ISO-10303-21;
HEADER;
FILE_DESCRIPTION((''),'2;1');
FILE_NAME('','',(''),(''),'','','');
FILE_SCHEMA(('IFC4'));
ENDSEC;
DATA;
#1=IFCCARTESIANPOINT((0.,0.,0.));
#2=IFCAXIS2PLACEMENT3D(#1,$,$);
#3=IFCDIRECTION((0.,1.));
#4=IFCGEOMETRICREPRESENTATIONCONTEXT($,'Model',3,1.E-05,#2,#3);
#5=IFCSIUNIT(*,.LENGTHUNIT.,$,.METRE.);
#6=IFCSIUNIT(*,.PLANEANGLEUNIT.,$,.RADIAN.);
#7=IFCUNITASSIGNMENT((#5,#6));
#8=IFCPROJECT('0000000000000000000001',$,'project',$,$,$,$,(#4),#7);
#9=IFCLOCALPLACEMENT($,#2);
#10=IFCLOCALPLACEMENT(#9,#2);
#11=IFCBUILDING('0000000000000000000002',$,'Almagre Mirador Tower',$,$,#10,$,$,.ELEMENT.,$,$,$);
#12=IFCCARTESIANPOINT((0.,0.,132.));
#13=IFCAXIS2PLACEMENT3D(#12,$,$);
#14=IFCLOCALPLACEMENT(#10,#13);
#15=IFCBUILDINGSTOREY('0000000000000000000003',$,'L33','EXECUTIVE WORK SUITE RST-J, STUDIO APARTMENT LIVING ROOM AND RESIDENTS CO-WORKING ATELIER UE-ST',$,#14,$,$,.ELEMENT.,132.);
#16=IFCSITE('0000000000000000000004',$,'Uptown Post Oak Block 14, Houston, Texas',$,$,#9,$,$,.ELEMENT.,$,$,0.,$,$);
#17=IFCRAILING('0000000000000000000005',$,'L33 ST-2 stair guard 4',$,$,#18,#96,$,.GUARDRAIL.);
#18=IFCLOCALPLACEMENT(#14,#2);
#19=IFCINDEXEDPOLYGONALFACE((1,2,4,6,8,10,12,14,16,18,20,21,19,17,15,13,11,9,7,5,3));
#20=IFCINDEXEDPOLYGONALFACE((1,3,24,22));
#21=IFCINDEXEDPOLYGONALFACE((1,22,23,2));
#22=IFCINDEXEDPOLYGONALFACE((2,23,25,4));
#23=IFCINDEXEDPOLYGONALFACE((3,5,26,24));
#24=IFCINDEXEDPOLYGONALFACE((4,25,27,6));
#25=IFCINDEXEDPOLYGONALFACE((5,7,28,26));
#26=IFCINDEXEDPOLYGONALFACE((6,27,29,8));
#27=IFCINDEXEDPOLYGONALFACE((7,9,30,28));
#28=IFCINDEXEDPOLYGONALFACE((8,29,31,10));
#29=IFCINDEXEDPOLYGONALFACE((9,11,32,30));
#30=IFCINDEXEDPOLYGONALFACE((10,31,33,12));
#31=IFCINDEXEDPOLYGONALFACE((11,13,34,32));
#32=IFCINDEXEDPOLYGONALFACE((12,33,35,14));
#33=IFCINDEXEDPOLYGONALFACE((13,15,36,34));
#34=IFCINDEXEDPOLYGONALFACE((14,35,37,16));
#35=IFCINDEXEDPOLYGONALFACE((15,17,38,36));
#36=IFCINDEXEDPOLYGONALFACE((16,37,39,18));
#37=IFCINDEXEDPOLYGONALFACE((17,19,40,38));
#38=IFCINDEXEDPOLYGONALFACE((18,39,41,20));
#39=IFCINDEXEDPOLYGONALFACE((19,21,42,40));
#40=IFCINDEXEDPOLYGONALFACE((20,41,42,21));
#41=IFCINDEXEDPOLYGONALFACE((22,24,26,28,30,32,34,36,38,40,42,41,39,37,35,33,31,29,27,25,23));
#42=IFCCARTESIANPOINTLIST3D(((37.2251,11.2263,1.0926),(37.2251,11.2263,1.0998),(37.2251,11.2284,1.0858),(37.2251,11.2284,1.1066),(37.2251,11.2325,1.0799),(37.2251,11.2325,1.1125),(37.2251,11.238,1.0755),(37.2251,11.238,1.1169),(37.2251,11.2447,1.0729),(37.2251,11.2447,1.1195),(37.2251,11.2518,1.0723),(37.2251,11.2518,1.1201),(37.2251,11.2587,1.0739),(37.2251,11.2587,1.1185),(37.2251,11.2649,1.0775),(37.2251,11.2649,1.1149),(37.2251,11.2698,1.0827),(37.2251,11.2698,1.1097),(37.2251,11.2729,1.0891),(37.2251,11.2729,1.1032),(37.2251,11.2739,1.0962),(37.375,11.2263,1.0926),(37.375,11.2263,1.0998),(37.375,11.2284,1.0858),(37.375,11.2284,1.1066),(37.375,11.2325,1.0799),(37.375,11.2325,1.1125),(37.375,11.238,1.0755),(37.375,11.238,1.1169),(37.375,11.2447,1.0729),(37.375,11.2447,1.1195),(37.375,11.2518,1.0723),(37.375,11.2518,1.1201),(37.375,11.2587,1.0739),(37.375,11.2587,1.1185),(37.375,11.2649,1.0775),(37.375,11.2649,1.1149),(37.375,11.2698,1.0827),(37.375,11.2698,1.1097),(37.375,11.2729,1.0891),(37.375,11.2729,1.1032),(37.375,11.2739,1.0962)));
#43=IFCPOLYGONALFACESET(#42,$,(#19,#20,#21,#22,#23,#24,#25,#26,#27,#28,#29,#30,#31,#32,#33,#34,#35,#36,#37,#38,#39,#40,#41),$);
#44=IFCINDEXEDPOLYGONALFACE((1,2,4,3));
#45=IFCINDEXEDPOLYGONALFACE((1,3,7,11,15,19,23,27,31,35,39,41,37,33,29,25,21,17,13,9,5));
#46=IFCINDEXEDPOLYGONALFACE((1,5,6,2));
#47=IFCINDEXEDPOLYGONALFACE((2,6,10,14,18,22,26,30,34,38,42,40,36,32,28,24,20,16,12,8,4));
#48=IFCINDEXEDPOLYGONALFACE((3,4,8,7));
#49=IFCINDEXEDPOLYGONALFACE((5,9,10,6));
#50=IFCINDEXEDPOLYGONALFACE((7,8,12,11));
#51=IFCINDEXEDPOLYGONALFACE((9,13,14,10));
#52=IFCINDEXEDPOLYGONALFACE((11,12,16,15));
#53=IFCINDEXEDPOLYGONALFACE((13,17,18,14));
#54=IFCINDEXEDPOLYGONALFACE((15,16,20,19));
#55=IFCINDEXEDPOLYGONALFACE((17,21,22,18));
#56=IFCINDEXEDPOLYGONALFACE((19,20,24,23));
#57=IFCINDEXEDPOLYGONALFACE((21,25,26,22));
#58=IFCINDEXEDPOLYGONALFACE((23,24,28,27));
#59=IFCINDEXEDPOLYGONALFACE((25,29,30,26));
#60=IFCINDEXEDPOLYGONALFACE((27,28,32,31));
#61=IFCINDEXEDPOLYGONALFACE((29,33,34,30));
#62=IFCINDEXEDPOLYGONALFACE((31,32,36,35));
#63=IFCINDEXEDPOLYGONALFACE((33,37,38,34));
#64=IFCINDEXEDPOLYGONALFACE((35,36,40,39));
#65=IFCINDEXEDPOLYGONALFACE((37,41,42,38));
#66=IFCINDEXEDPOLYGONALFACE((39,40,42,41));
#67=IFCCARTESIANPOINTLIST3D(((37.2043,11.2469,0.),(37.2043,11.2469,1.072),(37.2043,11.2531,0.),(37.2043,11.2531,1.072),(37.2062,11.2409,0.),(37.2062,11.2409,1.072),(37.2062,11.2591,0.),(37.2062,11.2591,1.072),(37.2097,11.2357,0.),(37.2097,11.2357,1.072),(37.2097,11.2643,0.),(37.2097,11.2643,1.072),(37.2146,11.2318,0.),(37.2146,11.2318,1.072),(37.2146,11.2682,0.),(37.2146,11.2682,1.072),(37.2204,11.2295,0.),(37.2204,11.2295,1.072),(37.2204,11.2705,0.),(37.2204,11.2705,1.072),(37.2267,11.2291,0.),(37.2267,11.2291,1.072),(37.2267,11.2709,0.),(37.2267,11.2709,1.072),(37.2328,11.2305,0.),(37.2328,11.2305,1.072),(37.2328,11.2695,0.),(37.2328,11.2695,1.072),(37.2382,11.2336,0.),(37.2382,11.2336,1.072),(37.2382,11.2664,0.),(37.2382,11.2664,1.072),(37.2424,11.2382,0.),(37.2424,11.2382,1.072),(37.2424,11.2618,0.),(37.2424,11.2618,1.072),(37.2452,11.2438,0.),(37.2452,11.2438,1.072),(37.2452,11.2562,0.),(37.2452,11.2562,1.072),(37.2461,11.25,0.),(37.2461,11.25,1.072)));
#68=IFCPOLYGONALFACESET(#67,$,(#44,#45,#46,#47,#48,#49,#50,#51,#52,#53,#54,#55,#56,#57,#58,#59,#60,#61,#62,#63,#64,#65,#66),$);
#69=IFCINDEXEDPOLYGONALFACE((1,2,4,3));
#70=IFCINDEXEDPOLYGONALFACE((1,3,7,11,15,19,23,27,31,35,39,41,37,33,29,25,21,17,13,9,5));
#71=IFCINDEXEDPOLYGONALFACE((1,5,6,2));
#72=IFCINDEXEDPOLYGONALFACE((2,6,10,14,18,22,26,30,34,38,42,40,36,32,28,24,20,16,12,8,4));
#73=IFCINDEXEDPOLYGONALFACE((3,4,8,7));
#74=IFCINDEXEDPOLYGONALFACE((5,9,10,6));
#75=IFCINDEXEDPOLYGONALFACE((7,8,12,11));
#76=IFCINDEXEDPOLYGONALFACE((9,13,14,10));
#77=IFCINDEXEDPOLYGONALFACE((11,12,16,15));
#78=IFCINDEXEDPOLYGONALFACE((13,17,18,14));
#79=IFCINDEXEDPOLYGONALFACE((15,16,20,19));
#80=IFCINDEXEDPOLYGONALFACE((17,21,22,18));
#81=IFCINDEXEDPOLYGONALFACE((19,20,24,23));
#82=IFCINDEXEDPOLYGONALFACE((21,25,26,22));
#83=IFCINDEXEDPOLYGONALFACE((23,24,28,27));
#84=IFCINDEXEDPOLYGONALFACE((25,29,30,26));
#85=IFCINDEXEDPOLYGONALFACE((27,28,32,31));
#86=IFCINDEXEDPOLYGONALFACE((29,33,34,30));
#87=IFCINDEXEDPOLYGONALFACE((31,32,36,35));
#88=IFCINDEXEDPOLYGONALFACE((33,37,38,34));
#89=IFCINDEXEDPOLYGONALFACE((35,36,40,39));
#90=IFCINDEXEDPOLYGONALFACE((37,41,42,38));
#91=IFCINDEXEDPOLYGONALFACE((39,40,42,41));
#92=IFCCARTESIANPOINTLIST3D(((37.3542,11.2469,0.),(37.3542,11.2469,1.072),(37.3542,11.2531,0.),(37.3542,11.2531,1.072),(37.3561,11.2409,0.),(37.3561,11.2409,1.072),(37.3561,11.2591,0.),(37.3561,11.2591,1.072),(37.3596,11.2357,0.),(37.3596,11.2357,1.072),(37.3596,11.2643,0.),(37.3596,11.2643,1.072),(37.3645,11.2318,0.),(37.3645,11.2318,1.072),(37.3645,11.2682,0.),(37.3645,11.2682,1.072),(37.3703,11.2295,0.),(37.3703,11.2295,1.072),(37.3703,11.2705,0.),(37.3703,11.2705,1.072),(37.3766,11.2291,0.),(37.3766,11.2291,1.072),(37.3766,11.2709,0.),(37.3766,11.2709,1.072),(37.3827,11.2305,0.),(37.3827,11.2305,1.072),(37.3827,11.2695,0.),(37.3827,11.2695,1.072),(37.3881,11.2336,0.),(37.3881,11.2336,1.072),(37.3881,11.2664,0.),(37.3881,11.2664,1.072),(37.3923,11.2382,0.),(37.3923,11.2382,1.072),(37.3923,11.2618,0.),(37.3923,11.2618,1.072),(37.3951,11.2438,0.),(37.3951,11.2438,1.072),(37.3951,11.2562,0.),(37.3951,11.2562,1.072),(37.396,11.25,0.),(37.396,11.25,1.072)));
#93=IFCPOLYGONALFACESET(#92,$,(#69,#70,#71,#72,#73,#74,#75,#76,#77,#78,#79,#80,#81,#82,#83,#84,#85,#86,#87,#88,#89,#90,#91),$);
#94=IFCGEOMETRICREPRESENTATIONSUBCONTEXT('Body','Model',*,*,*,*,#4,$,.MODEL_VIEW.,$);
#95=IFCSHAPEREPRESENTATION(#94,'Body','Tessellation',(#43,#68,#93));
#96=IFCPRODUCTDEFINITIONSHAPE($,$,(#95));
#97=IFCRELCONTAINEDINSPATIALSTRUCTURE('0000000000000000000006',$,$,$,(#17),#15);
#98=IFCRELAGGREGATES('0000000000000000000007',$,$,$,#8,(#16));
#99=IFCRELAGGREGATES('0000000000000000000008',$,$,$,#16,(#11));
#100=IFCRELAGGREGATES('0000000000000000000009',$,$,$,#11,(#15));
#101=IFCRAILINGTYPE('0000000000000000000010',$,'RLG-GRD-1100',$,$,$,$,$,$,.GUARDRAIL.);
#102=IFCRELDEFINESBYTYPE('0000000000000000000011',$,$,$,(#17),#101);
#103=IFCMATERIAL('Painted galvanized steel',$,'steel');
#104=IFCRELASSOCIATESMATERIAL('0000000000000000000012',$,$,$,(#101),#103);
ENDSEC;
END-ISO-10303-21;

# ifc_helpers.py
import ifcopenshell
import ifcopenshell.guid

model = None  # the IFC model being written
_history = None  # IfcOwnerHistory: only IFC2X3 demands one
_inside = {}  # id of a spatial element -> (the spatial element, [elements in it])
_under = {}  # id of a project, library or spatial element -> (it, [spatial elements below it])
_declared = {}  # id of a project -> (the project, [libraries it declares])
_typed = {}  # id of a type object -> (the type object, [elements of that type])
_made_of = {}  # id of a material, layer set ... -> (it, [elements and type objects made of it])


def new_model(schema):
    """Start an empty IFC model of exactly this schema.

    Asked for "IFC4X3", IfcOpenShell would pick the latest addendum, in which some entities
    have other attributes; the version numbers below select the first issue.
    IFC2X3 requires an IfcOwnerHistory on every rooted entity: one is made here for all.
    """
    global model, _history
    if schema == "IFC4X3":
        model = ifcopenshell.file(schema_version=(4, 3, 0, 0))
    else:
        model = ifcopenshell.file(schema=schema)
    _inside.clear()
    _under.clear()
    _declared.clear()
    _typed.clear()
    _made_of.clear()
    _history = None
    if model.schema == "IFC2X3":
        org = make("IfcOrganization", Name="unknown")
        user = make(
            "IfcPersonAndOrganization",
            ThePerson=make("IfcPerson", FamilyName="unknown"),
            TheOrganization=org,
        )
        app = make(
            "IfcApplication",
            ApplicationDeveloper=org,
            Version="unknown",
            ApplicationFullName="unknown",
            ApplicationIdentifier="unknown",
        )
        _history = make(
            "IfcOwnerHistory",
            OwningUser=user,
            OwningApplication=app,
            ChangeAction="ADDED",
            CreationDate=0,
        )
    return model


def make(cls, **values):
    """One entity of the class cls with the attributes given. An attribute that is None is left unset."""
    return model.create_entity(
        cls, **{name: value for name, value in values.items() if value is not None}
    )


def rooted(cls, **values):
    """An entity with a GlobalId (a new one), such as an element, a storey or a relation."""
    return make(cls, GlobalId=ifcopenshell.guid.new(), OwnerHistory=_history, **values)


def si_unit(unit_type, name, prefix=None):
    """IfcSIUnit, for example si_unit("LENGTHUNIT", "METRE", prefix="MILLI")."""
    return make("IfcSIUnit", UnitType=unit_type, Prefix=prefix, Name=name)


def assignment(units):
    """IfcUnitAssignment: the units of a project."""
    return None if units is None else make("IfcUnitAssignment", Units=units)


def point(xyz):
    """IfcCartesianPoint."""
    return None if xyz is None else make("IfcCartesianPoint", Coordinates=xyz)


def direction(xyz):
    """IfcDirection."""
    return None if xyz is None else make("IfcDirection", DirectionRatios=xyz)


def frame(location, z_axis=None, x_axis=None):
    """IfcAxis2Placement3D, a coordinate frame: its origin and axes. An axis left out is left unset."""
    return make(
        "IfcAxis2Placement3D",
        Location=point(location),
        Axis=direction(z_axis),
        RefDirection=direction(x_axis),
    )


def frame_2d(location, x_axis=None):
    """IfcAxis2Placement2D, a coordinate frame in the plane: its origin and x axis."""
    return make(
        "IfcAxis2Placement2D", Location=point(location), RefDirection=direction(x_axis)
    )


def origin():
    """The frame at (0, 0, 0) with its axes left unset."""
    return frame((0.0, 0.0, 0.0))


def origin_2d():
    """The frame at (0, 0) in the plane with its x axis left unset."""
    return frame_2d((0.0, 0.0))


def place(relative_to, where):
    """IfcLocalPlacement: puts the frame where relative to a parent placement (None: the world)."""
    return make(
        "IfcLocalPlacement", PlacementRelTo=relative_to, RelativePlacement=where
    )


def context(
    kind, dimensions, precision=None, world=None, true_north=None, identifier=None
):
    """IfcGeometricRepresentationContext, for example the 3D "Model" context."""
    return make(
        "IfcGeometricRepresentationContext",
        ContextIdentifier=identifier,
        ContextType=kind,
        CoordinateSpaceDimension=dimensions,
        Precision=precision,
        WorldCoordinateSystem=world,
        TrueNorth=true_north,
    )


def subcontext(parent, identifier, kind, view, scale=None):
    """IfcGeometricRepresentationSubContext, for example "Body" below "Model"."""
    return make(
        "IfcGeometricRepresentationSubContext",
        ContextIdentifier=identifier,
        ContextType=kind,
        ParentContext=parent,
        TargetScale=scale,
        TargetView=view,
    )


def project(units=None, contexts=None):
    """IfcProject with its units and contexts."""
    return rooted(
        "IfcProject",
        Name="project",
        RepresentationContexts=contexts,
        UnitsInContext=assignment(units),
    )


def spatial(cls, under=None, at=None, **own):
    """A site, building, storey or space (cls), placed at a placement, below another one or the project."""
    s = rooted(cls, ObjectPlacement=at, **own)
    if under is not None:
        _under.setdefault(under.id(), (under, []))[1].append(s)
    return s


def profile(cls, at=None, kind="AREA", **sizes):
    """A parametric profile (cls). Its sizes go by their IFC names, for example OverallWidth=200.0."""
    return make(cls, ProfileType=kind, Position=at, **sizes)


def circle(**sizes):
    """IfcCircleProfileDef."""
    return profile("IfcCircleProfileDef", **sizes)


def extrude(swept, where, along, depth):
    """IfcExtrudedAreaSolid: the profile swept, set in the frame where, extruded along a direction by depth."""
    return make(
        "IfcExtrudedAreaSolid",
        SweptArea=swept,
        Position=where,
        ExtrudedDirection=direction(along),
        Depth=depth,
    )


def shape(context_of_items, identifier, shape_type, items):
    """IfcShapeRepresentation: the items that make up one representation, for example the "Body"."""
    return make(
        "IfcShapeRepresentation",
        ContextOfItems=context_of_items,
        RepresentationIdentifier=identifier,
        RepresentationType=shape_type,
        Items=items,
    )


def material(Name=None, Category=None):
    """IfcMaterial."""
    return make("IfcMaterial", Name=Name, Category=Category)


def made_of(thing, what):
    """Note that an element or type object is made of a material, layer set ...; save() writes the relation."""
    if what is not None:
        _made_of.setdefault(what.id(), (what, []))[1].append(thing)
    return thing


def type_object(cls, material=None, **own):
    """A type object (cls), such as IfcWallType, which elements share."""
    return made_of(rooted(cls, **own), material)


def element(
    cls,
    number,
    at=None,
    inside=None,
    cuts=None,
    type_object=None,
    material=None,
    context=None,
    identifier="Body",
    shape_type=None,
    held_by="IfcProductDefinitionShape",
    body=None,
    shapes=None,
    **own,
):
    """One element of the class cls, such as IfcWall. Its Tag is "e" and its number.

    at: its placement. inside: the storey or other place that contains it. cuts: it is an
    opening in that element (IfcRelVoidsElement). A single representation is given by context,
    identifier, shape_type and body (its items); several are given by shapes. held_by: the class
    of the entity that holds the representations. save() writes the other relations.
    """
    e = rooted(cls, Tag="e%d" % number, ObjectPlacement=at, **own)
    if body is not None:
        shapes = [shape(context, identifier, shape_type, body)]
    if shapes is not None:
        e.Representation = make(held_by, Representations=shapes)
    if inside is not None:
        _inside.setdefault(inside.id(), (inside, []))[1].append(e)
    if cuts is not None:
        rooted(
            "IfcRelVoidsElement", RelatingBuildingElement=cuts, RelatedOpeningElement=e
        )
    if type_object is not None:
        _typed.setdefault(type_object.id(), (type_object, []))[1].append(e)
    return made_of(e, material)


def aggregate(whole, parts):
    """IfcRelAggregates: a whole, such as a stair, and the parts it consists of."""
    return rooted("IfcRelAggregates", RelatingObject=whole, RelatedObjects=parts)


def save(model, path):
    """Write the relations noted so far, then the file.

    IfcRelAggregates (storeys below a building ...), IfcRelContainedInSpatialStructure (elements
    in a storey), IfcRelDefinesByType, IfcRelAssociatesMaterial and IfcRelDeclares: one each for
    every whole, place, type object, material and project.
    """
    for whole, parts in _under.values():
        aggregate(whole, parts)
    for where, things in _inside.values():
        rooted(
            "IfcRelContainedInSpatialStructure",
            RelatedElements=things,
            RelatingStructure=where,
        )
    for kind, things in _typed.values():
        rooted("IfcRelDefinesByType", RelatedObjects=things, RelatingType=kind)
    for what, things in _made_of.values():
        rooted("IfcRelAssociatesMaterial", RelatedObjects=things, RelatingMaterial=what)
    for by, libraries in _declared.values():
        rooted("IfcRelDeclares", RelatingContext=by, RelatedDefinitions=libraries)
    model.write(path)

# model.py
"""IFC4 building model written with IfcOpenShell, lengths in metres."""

from ifc_helpers import new_model, si_unit, direction, frame, origin, origin_2d, place, context, subcontext, project, spatial, circle, extrude, material, type_object, element, save


model = new_model("IFC4")

# Units and contexts
model_context = context("Model", 3, precision=1e-05, world=origin(), true_north=direction((0.0, 1.0)))
body_context = subcontext(model_context, "Body", "Model", "MODEL_VIEW")
ifc_project = project(units=[si_unit("LENGTHUNIT", "METRE"), si_unit("PLANEANGLEUNIT", "RADIAN")], contexts=[model_context])

# Site, building, storey
site_placement = place(None, origin())
site = spatial("IfcSite", under=ifc_project, at=site_placement, Name="Uptown Post Oak Block 14, Houston, Texas", CompositionType="ELEMENT", RefElevation=0.0)
building_placement = place(site_placement, origin())
building = spatial("IfcBuilding", under=site, at=building_placement, Name="Almagre Mirador Tower", CompositionType="ELEMENT")
storey_placement = place(building_placement, frame((0.0, 0.0, 132.0)))
storey = spatial("IfcBuildingStorey", under=building, at=storey_placement, Name="L33", Description="EXECUTIVE WORK SUITE RST-J, STUDIO APARTMENT LIVING ROOM AND RESIDENTS CO-WORKING ATELIER UE-ST", CompositionType="ELEMENT", Elevation=132.0)

# Railing
ifc_material_1 = material(Name="Painted galvanized steel", Category="steel")
railing_type_1 = type_object("IfcRailingType", Name="RLG-GRD-1100", PredefinedType="GUARDRAIL", material=ifc_material_1)
railing_1_placement = place(storey_placement, frame((37.2251, 11.25, 0.0)))
element("IfcRailing", 1, at=railing_1_placement, inside=storey, type_object=railing_type_1, Name="L33 ST-2 stair guard 4", PredefinedType="GUARDRAIL", context=body_context, shape_type="SweptSolid", body=[
    extrude(circle(Radius=0.0239, at=origin_2d()), frame((0.0, 0.0, 1.0962), z_axis=(1.0, 0.0, 0.0), x_axis=(0.0, 1.0, 0.0)), (0.0, 0.0, 1.0), 0.1499),
    extrude(circle(Radius=0.021, at=origin_2d()), origin(), (0.0, 0.0, 1.0), 1.072),
    extrude(circle(Radius=0.021, at=origin_2d()), frame((0.1499, 0.0, 0.0)), (0.0, 0.0, 1.0), 1.072),
])

save(model, "model.ifc")
